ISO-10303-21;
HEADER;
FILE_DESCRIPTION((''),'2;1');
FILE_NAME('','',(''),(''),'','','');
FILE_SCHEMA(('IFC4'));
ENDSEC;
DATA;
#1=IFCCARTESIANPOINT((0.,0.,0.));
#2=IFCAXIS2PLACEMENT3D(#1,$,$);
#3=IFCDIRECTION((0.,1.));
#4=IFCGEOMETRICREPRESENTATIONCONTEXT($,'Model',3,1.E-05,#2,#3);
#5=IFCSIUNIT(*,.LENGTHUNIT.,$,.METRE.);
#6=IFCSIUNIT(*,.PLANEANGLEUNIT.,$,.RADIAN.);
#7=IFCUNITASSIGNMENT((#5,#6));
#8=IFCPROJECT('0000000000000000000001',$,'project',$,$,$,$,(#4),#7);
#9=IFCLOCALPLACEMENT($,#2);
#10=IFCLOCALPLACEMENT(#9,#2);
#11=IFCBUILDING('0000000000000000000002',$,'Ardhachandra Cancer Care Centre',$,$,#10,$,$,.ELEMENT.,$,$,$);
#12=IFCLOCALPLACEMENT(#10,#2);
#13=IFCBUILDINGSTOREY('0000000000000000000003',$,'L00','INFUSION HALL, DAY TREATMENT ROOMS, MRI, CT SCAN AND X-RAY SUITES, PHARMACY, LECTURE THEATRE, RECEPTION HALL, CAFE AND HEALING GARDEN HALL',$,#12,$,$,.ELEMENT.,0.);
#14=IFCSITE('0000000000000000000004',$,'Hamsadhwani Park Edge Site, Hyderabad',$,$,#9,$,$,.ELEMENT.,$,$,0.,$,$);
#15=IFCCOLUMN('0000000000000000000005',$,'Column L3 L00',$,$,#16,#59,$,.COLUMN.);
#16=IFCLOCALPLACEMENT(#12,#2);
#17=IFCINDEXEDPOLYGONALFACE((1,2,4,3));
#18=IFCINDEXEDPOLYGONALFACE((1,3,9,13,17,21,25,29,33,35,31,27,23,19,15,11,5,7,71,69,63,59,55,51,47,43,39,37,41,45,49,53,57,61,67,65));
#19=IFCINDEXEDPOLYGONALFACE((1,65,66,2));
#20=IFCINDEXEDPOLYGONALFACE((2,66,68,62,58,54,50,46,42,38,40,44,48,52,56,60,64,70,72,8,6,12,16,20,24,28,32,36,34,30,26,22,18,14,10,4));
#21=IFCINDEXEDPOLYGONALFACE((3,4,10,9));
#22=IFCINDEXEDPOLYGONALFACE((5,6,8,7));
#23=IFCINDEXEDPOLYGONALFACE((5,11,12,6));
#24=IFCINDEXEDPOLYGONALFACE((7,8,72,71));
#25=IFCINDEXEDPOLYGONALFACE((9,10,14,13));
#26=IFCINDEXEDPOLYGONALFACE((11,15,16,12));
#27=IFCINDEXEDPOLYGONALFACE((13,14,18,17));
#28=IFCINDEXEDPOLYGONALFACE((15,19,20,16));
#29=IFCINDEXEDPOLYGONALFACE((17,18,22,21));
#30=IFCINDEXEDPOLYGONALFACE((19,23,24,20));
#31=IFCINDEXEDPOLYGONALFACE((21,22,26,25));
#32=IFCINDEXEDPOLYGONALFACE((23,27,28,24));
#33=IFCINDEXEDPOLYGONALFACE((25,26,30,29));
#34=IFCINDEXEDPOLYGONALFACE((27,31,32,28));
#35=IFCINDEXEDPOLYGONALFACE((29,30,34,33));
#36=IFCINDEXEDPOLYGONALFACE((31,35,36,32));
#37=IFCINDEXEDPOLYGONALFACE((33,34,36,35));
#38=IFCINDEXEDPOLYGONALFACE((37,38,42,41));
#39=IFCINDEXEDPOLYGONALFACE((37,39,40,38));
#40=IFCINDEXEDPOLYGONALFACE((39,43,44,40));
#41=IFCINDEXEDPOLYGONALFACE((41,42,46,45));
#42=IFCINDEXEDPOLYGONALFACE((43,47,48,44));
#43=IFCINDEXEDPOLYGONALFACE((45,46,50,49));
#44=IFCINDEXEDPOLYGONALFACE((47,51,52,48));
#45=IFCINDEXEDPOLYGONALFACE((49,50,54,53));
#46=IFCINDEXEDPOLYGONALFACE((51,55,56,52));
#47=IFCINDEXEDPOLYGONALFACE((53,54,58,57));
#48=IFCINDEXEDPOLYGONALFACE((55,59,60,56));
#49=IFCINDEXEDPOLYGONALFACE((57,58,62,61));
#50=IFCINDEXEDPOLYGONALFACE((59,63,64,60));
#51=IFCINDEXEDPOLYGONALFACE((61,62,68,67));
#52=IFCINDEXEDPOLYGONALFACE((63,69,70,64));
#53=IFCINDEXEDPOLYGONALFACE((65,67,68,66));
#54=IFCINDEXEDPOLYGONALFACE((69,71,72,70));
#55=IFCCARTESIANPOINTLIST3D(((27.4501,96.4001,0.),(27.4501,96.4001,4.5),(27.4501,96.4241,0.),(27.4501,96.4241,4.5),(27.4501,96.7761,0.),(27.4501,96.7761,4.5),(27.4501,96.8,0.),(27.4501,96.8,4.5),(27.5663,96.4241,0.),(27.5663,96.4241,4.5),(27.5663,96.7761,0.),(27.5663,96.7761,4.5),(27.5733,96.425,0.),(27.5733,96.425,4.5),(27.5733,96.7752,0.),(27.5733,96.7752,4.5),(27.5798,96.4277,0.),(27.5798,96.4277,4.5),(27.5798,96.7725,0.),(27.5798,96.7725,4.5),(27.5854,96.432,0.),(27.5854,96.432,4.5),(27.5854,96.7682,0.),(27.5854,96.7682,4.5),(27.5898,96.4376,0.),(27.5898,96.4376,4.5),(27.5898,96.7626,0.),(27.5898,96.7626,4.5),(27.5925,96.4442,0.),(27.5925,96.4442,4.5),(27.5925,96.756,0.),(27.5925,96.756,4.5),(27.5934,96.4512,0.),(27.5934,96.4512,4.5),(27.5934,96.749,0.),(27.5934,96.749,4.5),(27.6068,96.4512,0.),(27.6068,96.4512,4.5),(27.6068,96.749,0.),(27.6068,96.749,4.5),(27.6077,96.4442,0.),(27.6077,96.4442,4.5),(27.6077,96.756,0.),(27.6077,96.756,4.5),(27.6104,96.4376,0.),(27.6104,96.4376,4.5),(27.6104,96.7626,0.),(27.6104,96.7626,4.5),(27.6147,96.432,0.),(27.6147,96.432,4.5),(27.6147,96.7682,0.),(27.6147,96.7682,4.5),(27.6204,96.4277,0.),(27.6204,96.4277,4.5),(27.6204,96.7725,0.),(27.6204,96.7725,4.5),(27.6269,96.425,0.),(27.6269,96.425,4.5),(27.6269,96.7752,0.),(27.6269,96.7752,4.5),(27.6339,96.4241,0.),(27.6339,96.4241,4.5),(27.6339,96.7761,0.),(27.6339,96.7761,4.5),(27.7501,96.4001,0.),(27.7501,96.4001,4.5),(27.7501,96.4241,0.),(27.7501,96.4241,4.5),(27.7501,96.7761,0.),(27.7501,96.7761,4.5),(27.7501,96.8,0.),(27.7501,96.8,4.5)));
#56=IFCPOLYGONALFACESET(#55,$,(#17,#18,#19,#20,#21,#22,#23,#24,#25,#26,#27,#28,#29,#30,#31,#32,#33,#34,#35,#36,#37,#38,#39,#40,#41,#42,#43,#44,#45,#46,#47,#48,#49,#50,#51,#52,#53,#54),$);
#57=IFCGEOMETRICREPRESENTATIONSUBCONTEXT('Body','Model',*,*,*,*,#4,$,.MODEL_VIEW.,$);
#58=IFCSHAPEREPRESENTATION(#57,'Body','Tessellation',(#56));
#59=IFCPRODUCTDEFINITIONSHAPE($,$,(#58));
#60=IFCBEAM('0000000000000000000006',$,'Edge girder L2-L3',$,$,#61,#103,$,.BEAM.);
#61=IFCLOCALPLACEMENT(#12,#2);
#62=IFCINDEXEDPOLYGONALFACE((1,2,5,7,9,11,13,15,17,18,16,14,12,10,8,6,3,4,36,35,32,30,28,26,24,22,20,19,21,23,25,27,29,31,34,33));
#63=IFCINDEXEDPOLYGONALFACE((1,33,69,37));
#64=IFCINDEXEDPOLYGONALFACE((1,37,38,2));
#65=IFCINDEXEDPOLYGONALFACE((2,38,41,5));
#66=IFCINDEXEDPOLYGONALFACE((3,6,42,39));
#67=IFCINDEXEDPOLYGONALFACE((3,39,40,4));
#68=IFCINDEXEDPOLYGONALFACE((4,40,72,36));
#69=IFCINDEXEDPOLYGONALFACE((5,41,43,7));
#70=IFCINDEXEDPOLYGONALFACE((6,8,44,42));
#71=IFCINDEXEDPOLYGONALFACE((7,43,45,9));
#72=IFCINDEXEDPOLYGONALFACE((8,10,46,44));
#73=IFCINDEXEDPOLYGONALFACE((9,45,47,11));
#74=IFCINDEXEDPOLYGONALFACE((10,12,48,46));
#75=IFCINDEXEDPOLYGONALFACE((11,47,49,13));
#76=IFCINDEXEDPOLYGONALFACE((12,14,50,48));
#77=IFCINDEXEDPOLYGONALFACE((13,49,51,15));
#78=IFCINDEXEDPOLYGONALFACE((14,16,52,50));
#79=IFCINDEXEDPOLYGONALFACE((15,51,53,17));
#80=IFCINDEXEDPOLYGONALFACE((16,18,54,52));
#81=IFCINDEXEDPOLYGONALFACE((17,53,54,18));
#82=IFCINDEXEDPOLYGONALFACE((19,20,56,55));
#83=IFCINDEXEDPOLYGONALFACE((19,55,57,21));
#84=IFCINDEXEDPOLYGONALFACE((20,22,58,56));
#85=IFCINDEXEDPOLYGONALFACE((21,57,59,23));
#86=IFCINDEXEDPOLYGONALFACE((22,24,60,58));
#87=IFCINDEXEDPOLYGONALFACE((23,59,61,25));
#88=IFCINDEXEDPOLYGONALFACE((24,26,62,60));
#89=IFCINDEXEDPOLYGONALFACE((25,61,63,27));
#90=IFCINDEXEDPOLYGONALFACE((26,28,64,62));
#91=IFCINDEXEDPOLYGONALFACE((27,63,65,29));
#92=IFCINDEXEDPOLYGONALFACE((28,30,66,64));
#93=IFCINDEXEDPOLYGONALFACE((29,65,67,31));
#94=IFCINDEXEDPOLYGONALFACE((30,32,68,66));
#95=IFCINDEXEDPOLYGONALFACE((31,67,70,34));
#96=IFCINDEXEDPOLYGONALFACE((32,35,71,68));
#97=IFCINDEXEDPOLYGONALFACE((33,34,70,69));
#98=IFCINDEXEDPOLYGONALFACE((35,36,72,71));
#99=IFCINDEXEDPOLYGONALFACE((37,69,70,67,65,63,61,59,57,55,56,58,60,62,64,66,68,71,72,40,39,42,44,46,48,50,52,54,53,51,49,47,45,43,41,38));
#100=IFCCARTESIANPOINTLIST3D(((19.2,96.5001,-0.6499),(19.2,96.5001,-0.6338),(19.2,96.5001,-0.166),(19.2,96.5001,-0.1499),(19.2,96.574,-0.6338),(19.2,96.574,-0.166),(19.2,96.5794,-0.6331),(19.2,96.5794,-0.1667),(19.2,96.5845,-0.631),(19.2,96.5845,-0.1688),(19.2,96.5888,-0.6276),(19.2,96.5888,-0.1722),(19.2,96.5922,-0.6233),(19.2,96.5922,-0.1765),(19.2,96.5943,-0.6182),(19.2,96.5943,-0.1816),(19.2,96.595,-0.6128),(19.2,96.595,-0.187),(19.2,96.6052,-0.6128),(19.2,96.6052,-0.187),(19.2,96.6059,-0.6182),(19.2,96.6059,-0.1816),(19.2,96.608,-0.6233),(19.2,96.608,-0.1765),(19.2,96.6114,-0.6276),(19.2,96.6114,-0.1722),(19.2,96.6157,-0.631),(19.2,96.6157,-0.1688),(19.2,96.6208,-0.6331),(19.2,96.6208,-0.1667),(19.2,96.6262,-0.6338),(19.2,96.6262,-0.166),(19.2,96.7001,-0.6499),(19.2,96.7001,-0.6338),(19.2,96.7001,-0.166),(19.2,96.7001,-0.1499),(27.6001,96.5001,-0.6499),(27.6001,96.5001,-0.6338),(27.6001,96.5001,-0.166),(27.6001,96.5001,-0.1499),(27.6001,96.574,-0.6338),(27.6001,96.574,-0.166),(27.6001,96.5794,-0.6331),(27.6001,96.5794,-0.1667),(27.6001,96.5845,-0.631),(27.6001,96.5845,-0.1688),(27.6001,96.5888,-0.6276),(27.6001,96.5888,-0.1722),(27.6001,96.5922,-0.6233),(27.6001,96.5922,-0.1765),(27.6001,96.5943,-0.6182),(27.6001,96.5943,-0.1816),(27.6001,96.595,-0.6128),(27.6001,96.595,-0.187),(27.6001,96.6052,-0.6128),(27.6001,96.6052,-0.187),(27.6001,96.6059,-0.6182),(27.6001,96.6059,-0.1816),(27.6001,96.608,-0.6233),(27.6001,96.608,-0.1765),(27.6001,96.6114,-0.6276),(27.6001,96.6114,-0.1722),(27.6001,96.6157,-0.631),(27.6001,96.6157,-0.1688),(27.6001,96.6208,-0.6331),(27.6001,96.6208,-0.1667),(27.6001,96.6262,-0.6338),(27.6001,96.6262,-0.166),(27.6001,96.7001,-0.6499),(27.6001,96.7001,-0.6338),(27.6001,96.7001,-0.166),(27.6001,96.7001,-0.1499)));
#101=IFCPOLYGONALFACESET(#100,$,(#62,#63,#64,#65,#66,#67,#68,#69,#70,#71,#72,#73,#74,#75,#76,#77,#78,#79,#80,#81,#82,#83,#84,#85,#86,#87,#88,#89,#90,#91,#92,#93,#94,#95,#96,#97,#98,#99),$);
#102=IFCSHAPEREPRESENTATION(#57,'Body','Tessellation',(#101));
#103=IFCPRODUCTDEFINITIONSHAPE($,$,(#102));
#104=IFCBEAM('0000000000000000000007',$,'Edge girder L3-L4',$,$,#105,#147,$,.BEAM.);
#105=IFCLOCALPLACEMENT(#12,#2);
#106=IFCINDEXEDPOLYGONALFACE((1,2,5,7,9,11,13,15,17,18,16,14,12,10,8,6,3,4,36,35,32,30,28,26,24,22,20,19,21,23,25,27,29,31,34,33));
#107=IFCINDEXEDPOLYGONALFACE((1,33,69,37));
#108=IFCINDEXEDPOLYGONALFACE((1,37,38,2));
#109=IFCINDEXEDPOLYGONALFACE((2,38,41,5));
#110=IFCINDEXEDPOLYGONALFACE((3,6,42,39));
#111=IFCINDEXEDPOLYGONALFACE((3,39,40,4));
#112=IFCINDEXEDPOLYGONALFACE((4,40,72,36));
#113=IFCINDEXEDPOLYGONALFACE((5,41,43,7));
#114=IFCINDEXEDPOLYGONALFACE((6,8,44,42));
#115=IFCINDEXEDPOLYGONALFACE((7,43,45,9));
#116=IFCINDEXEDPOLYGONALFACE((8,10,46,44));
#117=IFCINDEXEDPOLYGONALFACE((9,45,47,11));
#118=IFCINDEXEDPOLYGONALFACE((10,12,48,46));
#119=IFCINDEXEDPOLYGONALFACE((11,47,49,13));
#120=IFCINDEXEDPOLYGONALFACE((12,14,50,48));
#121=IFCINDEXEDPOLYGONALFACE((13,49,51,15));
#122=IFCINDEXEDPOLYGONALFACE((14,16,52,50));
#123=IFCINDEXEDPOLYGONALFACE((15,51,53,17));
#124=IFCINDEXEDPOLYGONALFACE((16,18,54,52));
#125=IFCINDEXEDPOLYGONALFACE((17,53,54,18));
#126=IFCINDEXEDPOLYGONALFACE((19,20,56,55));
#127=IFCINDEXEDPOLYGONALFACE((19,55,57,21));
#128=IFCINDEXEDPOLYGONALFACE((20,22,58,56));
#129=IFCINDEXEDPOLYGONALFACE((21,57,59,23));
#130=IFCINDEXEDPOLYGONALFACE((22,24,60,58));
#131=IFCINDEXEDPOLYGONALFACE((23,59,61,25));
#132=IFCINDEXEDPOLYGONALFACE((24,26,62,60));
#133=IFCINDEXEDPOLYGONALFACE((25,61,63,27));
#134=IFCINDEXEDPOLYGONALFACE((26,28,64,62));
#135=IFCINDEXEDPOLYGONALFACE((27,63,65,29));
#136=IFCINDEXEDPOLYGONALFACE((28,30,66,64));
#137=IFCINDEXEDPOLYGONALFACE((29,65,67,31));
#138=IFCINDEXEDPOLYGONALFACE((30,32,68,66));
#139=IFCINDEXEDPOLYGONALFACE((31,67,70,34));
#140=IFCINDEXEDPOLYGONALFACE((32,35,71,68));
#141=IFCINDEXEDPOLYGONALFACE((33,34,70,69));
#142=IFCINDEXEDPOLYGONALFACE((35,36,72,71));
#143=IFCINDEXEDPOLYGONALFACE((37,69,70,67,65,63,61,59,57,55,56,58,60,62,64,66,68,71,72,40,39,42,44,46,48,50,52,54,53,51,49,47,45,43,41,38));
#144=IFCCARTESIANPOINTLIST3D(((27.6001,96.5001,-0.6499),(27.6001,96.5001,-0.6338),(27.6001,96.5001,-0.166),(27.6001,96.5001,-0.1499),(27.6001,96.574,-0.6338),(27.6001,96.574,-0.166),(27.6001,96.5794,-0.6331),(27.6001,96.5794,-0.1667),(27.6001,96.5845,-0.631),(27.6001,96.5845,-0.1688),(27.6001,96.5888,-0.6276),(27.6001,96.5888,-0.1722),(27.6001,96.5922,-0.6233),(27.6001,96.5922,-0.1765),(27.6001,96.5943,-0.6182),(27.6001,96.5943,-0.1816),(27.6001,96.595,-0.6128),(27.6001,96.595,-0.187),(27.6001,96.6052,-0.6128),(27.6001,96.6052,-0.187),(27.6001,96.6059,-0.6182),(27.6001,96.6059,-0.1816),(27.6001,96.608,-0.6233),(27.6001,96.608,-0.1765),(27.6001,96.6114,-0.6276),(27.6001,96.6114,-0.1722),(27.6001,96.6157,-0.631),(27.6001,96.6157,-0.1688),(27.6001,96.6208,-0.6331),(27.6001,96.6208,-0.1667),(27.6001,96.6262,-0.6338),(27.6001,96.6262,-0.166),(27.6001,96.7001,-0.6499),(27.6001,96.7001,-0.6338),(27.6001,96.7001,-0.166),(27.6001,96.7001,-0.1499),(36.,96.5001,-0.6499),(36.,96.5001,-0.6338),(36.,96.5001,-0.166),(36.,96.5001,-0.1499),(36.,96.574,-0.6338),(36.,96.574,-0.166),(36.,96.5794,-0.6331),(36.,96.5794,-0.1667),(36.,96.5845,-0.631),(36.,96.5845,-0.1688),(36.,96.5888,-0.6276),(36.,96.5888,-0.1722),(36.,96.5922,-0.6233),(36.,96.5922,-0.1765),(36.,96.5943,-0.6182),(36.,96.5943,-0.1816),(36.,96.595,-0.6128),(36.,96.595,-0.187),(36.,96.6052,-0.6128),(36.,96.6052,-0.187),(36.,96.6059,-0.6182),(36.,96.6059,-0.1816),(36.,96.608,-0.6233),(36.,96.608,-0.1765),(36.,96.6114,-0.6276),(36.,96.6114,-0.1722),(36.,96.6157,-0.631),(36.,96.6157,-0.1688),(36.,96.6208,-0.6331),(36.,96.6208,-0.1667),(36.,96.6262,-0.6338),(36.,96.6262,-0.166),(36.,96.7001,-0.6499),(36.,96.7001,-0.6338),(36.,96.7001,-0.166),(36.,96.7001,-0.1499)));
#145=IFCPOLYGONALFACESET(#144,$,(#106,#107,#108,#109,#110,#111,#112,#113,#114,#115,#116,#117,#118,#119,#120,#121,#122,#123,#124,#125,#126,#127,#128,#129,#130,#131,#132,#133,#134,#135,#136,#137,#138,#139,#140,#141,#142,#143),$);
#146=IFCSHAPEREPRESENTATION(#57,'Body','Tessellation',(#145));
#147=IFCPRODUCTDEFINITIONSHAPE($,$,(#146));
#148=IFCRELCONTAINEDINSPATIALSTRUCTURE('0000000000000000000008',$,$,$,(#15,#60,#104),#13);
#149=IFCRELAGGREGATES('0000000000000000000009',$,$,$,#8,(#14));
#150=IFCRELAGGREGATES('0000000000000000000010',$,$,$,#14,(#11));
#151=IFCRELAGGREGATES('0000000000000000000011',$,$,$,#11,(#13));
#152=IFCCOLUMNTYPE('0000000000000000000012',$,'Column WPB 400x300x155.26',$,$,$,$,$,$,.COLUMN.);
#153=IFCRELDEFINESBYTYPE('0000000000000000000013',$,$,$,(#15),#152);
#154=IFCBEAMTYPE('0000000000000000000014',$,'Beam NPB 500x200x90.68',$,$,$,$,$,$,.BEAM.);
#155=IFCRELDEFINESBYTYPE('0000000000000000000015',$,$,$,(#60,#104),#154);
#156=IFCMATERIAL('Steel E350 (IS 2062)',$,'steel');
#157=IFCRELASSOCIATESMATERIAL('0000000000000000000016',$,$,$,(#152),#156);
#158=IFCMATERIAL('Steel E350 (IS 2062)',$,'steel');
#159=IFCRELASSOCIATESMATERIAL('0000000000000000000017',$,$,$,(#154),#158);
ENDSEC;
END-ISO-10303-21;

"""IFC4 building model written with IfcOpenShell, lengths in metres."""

from ifc_helpers import new_model, si_unit, direction, frame, origin, origin_2d, place, context, subcontext, project, spatial, i_section, extrude, material, material_profile, profile_set, type_object, element, save


model = new_model("IFC4")

# Units and contexts
model_context = context("Model", 3, precision=1e-05, world=origin(), true_north=direction((0.0, 1.0)))
body_context = subcontext(model_context, "Body", "Model", "MODEL_VIEW")
ifc_project = project(units=[si_unit("LENGTHUNIT", "METRE"), si_unit("PLANEANGLEUNIT", "RADIAN")], contexts=[model_context])

# Site, building, storey
site_placement = place(None, origin())
site = spatial("IfcSite", under=ifc_project, at=site_placement, Name="Hamsadhwani Park Edge Site, Hyderabad", CompositionType="ELEMENT", RefElevation=0.0)
building_placement = place(site_placement, origin())
building = spatial("IfcBuilding", under=site, at=building_placement, Name="Ardhachandra Cancer Care Centre", CompositionType="ELEMENT")
storey_placement = place(building_placement, origin())
storey = spatial("IfcBuildingStorey", under=building, at=storey_placement, Name="L00", Description="INFUSION HALL, DAY TREATMENT ROOMS, MRI, CT SCAN AND X-RAY SUITES, PHARMACY, LECTURE THEATRE, RECEPTION HALL, CAFE AND HEALING GARDEN HALL", CompositionType="ELEMENT", Elevation=0.0)

# Column
ifc_material_1 = material(Name="Steel E350 (IS 2062)", Category="steel")
ifc_material_profile_1 = material_profile(ifc_material_1, i_section(OverallWidth=0.3, OverallDepth=0.3999, WebThickness=0.0134, FlangeThickness=0.0239, FilletRadius=0.0271, at=origin_2d()), Name="WPB 400x300x155.26")
ifc_profile_set_1 = profile_set([ifc_material_profile_1], Name="Steel E350 (IS 2062)")
column_type = type_object("IfcColumnType", Name="Column WPB 400x300x155.26", PredefinedType="COLUMN", material=ifc_profile_set_1)
column_placement = place(storey_placement, frame((27.6001, 96.6001, 0.0), z_axis=(0.0, 0.0, 1.0), x_axis=(1.0, 0.0, 0.0)))
element("IfcColumn", 1, at=column_placement, inside=storey, type_object=column_type, Name="Column L3 L00", PredefinedType="COLUMN", context=body_context, shape_type="SweptSolid", body=[
    extrude(i_section(OverallWidth=0.3, OverallDepth=0.3999, WebThickness=0.0134, FlangeThickness=0.0239, FilletRadius=0.0271, at=origin_2d()), origin(), (0.0, 0.0, 1.0), 4.5),
])

# Beams
ifc_material_2 = material(Name="Steel E350 (IS 2062)", Category="steel")
ifc_material_profile_2 = material_profile(ifc_material_2, i_section(OverallWidth=0.2, OverallDepth=0.5, WebThickness=0.0103, FlangeThickness=0.0161, FilletRadius=0.021, at=origin_2d()), Name="NPB 500x200x90.68")
ifc_profile_set_2 = profile_set([ifc_material_profile_2], Name="Steel E350 (IS 2062)")
beam_type = type_object("IfcBeamType", Name="Beam NPB 500x200x90.68", PredefinedType="BEAM", material=ifc_profile_set_2)
beam_1_placement = place(storey_placement, frame((19.2, 96.6001, -0.3999), z_axis=(1.0, 0.0, 0.0), x_axis=(0.0, 1.0, 0.0)))
element("IfcBeam", 2, at=beam_1_placement, inside=storey, type_object=beam_type, Name="Edge girder L2-L3", PredefinedType="BEAM", context=body_context, shape_type="SweptSolid", body=[
    extrude(i_section(OverallWidth=0.2, OverallDepth=0.5, WebThickness=0.0103, FlangeThickness=0.0161, FilletRadius=0.021, at=origin_2d()), origin(), (0.0, 0.0, 1.0), 8.4001),
])
beam_2_placement = place(storey_placement, frame((27.6001, 96.6001, -0.3999), z_axis=(1.0, 0.0, 0.0), x_axis=(0.0, 1.0, 0.0)))
element("IfcBeam", 3, at=beam_2_placement, inside=storey, type_object=beam_type, Name="Edge girder L3-L4", PredefinedType="BEAM", context=body_context, shape_type="SweptSolid", body=[
    extrude(i_section(OverallWidth=0.2, OverallDepth=0.5, WebThickness=0.0103, FlangeThickness=0.0161, FilletRadius=0.021, at=origin_2d()), origin(), (0.0, 0.0, 1.0), 8.3999),
])

save(model, "model.ifc")
